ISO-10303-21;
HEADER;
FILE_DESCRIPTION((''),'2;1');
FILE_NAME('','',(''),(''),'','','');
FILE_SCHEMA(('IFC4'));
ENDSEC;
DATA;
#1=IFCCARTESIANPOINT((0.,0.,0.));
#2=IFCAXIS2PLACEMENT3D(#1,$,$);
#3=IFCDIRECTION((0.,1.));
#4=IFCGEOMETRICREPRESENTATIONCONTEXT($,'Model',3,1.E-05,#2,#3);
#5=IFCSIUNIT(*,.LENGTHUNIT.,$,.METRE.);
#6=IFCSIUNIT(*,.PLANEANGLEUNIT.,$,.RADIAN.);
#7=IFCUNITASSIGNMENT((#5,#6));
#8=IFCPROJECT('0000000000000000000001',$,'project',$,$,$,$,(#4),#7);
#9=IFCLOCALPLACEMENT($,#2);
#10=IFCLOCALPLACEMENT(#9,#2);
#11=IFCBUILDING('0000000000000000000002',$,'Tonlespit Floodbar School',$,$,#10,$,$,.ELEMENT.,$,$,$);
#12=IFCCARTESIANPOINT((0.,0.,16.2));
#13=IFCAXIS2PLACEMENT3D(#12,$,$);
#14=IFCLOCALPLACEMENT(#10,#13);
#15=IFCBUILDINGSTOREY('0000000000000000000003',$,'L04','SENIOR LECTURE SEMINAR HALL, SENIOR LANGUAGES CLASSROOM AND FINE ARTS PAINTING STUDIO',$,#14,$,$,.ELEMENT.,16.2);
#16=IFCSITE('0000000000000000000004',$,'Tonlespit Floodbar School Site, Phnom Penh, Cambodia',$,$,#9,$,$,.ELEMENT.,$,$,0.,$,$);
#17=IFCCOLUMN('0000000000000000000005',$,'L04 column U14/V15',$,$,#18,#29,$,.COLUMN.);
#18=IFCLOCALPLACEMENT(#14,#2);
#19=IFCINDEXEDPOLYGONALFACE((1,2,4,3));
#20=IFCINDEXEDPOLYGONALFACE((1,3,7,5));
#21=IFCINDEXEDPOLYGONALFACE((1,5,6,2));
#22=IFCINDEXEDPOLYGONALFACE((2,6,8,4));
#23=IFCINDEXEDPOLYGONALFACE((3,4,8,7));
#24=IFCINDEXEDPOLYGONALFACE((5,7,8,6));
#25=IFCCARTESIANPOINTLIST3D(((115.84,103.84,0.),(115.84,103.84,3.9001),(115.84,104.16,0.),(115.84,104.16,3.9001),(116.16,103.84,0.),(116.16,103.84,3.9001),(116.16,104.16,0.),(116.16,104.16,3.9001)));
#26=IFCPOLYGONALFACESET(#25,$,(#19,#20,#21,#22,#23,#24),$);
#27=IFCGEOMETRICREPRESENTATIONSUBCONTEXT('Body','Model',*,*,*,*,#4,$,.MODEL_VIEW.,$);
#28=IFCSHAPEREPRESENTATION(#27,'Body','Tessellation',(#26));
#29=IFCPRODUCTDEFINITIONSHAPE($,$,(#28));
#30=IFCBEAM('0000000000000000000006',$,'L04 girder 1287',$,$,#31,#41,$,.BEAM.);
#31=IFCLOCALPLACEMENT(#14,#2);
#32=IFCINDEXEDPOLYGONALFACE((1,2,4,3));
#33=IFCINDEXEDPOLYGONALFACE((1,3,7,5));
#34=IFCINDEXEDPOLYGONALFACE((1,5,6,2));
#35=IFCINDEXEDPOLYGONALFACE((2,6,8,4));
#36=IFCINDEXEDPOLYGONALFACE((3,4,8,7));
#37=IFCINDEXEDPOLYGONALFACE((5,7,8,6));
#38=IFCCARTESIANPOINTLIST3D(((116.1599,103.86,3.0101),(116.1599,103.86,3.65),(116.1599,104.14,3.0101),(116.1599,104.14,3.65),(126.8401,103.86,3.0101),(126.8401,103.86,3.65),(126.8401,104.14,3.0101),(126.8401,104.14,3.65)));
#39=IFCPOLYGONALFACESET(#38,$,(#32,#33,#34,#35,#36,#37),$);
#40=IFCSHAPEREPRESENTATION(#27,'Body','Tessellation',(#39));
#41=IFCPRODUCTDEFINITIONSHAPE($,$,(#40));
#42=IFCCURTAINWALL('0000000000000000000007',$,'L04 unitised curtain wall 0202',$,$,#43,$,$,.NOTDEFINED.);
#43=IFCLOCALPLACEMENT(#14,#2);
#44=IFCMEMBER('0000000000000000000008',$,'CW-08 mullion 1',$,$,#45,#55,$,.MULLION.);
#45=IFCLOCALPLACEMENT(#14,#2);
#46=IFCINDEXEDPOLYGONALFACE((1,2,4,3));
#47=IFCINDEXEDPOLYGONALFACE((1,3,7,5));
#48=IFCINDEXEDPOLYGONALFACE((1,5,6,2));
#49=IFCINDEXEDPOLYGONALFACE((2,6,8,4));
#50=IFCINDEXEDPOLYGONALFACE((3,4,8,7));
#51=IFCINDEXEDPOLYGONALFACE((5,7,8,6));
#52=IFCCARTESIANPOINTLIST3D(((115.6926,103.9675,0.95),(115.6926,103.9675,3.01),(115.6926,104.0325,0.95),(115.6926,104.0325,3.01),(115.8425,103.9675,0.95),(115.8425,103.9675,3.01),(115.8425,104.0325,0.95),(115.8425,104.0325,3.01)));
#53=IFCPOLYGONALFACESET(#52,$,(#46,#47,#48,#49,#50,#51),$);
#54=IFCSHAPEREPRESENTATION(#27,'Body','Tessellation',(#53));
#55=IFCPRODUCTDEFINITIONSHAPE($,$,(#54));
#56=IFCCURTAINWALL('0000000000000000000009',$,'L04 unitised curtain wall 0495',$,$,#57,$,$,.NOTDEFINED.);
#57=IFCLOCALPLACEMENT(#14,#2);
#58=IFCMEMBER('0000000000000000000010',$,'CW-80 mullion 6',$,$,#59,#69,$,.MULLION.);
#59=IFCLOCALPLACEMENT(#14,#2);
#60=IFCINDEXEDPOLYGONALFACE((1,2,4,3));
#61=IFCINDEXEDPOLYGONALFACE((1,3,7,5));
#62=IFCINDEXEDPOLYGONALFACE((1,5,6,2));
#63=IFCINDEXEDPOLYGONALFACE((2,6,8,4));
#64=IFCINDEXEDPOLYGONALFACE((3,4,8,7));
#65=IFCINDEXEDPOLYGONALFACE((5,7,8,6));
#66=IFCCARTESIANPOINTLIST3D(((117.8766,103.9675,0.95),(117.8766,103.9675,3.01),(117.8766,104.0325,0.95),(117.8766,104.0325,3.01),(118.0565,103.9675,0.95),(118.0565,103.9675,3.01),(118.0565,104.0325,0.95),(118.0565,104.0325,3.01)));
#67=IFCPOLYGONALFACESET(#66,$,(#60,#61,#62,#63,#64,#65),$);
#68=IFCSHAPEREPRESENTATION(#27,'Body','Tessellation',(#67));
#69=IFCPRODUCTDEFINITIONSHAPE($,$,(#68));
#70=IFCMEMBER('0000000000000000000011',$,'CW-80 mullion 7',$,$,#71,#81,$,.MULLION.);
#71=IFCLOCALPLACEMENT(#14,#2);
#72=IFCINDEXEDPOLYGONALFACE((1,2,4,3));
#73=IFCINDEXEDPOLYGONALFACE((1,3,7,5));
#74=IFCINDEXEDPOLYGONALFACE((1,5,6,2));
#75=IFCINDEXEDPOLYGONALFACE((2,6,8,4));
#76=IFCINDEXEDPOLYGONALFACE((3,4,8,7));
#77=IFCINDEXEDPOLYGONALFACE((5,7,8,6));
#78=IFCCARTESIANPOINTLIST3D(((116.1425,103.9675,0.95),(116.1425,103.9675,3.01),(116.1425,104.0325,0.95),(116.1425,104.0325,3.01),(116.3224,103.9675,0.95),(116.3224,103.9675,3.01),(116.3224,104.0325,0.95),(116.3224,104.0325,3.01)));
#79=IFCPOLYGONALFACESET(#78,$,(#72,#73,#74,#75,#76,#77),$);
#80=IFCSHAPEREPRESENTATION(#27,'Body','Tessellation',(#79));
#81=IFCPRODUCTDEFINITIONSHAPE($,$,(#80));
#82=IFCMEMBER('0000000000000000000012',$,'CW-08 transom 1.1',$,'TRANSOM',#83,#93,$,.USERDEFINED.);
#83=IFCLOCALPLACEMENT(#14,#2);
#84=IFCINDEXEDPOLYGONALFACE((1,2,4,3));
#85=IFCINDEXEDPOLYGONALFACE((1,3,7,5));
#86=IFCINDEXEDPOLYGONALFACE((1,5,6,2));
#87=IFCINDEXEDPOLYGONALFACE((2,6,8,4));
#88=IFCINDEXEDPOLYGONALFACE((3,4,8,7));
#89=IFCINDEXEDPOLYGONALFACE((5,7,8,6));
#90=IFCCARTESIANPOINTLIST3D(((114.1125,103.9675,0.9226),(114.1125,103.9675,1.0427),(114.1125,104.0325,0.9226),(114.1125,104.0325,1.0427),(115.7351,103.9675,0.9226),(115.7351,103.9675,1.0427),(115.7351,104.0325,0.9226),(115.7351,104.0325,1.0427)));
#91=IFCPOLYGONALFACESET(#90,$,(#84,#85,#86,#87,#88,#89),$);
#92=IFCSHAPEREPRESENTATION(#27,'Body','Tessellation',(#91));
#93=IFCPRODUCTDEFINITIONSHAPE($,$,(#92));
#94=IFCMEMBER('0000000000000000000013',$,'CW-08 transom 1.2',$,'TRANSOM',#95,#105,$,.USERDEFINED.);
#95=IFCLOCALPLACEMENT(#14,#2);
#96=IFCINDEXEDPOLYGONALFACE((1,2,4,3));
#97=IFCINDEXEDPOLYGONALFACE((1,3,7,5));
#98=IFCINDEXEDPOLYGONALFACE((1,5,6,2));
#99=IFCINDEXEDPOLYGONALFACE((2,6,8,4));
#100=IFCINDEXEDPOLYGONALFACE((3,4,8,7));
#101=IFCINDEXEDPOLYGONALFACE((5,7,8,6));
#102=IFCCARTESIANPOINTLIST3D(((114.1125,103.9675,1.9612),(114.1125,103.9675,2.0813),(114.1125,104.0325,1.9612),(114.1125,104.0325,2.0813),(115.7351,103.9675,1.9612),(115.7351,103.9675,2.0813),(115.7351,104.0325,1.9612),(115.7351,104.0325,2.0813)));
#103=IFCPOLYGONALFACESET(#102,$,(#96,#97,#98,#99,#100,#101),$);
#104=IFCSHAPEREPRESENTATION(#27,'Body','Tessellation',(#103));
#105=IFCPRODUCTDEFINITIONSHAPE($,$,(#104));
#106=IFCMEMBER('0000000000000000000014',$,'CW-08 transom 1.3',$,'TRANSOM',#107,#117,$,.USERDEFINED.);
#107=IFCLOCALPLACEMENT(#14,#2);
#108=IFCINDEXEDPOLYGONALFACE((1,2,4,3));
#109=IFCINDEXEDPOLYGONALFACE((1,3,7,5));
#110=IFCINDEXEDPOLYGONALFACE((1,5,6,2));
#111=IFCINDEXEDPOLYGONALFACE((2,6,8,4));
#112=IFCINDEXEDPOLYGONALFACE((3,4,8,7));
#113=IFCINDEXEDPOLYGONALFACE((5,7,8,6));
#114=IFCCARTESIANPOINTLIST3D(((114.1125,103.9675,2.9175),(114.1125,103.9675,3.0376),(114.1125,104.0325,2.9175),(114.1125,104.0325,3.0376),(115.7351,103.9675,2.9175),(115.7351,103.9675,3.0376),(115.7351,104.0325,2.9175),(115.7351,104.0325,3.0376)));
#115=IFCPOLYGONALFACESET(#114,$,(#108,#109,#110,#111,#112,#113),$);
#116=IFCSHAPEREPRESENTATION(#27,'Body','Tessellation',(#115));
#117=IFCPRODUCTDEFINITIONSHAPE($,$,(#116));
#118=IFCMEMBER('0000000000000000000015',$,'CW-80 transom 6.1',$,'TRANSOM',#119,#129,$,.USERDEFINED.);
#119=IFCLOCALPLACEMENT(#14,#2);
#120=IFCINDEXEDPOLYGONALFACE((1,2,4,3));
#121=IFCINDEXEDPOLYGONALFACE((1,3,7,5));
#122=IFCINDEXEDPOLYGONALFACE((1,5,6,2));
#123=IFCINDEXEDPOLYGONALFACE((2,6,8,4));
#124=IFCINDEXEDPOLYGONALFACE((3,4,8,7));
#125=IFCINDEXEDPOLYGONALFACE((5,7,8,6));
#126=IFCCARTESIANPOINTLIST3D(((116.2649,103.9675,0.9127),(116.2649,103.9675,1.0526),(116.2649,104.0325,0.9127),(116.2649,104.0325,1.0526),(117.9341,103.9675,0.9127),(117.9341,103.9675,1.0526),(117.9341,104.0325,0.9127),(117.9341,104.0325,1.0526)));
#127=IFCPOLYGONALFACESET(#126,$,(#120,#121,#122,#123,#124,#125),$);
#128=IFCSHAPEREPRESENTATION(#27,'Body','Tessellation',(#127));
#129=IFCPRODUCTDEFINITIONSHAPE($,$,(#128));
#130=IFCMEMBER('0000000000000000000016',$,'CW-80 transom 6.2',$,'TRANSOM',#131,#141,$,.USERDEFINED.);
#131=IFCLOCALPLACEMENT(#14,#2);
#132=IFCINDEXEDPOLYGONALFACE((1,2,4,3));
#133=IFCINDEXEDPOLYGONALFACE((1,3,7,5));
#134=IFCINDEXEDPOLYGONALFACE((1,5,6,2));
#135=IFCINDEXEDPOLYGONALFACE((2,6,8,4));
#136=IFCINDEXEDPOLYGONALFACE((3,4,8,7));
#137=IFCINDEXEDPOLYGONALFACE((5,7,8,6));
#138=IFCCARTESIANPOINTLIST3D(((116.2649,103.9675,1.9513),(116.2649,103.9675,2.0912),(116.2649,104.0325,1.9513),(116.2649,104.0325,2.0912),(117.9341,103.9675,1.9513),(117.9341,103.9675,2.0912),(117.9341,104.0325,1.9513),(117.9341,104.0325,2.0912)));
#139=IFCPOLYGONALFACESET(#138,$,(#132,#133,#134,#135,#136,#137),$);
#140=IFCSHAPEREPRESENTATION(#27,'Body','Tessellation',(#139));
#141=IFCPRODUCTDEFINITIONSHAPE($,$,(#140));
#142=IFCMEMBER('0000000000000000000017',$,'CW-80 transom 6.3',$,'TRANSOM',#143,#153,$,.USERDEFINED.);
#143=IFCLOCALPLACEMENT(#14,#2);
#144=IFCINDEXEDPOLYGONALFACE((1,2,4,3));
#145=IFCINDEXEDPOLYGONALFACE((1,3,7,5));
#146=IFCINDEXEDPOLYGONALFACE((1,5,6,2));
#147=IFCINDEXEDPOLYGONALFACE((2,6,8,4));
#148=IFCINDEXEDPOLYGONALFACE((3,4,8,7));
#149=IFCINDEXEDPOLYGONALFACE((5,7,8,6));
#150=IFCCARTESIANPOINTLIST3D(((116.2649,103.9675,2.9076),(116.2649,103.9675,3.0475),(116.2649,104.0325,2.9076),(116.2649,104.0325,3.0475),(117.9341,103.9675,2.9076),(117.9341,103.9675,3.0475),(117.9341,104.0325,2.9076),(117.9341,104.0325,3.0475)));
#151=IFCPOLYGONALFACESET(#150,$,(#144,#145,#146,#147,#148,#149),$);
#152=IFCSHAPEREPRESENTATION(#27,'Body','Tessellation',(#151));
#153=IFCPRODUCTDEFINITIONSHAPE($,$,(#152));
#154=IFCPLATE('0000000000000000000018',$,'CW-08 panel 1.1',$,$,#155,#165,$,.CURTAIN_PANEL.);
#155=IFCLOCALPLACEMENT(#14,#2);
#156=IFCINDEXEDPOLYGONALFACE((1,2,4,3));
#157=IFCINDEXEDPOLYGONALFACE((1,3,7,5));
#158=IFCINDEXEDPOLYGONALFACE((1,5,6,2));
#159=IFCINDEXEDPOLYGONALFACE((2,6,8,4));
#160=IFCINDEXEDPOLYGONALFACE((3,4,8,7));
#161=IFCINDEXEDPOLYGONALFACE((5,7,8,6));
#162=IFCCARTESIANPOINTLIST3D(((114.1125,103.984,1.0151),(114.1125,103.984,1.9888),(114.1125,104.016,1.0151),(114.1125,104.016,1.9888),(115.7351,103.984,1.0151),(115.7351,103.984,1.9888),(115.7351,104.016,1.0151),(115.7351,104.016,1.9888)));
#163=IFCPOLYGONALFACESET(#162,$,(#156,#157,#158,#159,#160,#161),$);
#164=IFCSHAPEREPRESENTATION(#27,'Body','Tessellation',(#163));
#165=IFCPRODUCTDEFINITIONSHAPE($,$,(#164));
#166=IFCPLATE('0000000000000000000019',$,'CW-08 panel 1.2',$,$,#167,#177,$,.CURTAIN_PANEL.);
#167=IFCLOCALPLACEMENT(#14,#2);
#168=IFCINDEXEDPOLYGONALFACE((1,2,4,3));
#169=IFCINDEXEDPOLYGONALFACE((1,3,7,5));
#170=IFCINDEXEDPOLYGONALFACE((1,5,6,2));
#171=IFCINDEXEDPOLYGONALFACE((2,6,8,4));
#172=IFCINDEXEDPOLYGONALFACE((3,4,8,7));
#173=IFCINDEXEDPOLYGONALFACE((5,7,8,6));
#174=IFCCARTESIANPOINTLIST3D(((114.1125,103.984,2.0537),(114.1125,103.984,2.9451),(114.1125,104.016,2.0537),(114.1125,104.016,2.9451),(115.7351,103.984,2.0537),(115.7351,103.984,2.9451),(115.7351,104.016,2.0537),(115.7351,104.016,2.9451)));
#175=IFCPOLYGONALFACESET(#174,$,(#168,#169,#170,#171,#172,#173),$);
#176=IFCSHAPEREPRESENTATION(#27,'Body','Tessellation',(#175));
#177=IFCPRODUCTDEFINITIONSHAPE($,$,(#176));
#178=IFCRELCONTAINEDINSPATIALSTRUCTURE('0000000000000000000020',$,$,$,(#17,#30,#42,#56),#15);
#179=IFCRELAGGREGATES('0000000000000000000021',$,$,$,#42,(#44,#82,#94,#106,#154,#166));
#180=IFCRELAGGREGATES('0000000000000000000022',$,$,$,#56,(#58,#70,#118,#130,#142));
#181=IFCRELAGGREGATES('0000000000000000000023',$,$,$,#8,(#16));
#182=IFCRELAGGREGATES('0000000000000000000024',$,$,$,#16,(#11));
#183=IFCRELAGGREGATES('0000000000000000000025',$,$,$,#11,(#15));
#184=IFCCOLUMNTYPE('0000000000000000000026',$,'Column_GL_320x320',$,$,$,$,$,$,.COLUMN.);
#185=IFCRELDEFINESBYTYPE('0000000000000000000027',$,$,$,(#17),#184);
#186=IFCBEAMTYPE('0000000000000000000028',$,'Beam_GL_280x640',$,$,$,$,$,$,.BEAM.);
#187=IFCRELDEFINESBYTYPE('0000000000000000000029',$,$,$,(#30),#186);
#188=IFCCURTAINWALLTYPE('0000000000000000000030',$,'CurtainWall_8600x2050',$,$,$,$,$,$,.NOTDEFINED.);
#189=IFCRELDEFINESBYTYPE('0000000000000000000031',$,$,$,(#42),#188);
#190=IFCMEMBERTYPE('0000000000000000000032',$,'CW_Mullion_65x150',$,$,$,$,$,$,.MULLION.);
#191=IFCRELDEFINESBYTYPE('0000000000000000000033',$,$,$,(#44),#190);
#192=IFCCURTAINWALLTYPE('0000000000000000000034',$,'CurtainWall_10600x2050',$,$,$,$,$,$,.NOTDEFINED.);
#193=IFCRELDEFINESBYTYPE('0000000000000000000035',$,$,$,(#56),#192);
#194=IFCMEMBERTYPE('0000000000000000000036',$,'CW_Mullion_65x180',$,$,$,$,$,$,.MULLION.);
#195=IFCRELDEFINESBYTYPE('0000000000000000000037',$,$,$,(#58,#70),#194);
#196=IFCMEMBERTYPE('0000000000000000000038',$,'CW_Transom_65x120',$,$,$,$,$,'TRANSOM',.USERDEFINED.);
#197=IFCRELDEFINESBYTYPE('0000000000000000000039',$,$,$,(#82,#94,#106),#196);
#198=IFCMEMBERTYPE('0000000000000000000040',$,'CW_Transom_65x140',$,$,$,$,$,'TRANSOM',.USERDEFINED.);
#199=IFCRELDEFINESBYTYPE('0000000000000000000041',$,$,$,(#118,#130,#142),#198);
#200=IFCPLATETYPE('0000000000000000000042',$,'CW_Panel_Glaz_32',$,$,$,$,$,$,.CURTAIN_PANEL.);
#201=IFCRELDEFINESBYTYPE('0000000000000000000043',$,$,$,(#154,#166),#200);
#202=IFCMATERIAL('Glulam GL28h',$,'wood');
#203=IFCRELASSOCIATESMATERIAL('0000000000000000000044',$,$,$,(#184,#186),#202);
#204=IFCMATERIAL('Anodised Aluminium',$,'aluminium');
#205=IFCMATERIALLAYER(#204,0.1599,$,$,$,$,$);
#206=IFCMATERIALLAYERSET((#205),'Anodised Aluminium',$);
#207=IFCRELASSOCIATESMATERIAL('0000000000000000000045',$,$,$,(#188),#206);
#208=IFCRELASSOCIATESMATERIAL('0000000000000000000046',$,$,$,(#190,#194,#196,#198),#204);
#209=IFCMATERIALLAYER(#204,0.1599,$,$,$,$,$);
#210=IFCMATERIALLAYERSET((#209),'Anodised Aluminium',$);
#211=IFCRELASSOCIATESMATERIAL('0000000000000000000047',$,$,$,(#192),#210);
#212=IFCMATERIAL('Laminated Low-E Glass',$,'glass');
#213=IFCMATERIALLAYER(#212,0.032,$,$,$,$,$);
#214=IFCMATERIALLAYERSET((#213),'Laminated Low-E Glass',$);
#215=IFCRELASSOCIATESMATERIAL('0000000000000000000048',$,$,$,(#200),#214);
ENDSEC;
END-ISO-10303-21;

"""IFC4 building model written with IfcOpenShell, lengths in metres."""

from ifc_helpers import new_model, si_unit, direction, frame, origin, origin_2d, place, context, subcontext, project, spatial, rectangle, extrude, material, layer, layer_set, material_profile, profile_set, type_object, element, aggregate, save


model = new_model("IFC4")

# Units and contexts
model_context = context("Model", 3, precision=1e-05, world=origin(), true_north=direction((0.0, 1.0)))
body_context = subcontext(model_context, "Body", "Model", "MODEL_VIEW")
ifc_project = project(units=[si_unit("LENGTHUNIT", "METRE"), si_unit("PLANEANGLEUNIT", "RADIAN")], contexts=[model_context])

# Site, building, storey
site_placement = place(None, origin())
site = spatial("IfcSite", under=ifc_project, at=site_placement, Name="Tonlespit Floodbar School Site, Phnom Penh, Cambodia", CompositionType="ELEMENT", RefElevation=0.0)
building_placement = place(site_placement, origin())
building = spatial("IfcBuilding", under=site, at=building_placement, Name="Tonlespit Floodbar School", CompositionType="ELEMENT")
storey_placement = place(building_placement, frame((0.0, 0.0, 16.2)))
storey = spatial("IfcBuildingStorey", under=building, at=storey_placement, Name="L04", Description="SENIOR LECTURE SEMINAR HALL, SENIOR LANGUAGES CLASSROOM AND FINE ARTS PAINTING STUDIO", CompositionType="ELEMENT", Elevation=16.2)

# Column
ifc_material_1 = material(Name="Glulam GL28h", Category="wood")
ifc_material_profile_1 = material_profile(ifc_material_1, rectangle(XDim=0.3201, YDim=0.3201, at=origin_2d()), Name="GL 320x320")
ifc_profile_set_1 = profile_set([ifc_material_profile_1], Name="Glulam GL28h")
column_type = type_object("IfcColumnType", Name="Column_GL_320x320", PredefinedType="COLUMN", material=ifc_profile_set_1)
column_placement = place(storey_placement, frame((116.0, 104.0, 0.0), z_axis=(0.0, 0.0, 1.0), x_axis=(1.0, 0.0, 0.0)))
element("IfcColumn", 1, at=column_placement, inside=storey, type_object=column_type, Name="L04 column U14/V15", PredefinedType="COLUMN", context=body_context, shape_type="SweptSolid", body=[
    extrude(rectangle(XDim=0.3201, YDim=0.3201, at=origin_2d()), origin(), (0.0, 0.0, 1.0), 3.9001),
])

# Beam
ifc_material_profile_2 = material_profile(ifc_material_1, rectangle(XDim=0.28, YDim=0.6399, at=origin_2d()), Name="GL 280x640")
ifc_profile_set_2 = profile_set([ifc_material_profile_2], Name="Glulam GL28h")
beam_type = type_object("IfcBeamType", Name="Beam_GL_280x640", PredefinedType="BEAM", material=ifc_profile_set_2)
beam_placement = place(storey_placement, frame((116.1599, 104.0, 3.3301), z_axis=(1.0, 0.0, 0.0), x_axis=(0.0, 1.0, 0.0)))
element("IfcBeam", 2, at=beam_placement, inside=storey, type_object=beam_type, Name="L04 girder 1287", PredefinedType="BEAM", context=body_context, shape_type="SweptSolid", body=[
    extrude(rectangle(XDim=0.28, YDim=0.6399, at=origin_2d()), origin(), (0.0, 0.0, 1.0), 10.6802),
])

# Curtain wall, member
ifc_material_2 = material(Name="Anodised Aluminium", Category="aluminium")
ifc_layer_1 = layer(ifc_material_2, 0.1599)
ifc_layer_set_1 = layer_set([ifc_layer_1], Name="Anodised Aluminium")
curtain_wall_type_1 = type_object("IfcCurtainWallType", Name="CurtainWall_8600x2050", PredefinedType="NOTDEFINED", material=ifc_layer_set_1)
curtain_wall_1_placement = place(storey_placement, origin())
curtain_wall_1 = element("IfcCurtainWall", 3, at=curtain_wall_1_placement, inside=storey, type_object=curtain_wall_type_1, Name="L04 unitised curtain wall 0202", PredefinedType="NOTDEFINED")
ifc_material_profile_3 = material_profile(ifc_material_2, rectangle(XDim=0.0649, YDim=0.1499, at=origin_2d()), Name="ALU M65x150")
ifc_profile_set_3 = profile_set([ifc_material_profile_3], Name="Anodised Aluminium")
member_type_1 = type_object("IfcMemberType", Name="CW_Mullion_65x150", PredefinedType="MULLION", material=ifc_profile_set_3)
member_1_placement = place(storey_placement, frame((115.7676, 104.0, 0.95), z_axis=(0.0, 0.0, 1.0), x_axis=(0.0, -1.0, 0.0)))
member_1 = element("IfcMember", 4, at=member_1_placement, type_object=member_type_1, Name="CW-08 mullion 1", PredefinedType="MULLION", context=body_context, shape_type="SweptSolid", body=[
    extrude(rectangle(XDim=0.0649, YDim=0.1499, at=origin_2d()), origin(), (0.0, 0.0, 1.0), 2.0601),
])

# Curtain wall, members
ifc_layer_2 = layer(ifc_material_2, 0.1599)
ifc_layer_set_2 = layer_set([ifc_layer_2], Name="Anodised Aluminium")
curtain_wall_type_2 = type_object("IfcCurtainWallType", Name="CurtainWall_10600x2050", PredefinedType="NOTDEFINED", material=ifc_layer_set_2)
curtain_wall_2_placement = place(storey_placement, origin())
curtain_wall_2 = element("IfcCurtainWall", 5, at=curtain_wall_2_placement, inside=storey, type_object=curtain_wall_type_2, Name="L04 unitised curtain wall 0495", PredefinedType="NOTDEFINED")
ifc_material_profile_4 = material_profile(ifc_material_2, rectangle(XDim=0.0649, YDim=0.1799, at=origin_2d()), Name="ALU M65x180")
ifc_profile_set_4 = profile_set([ifc_material_profile_4], Name="Anodised Aluminium")
member_type_2 = type_object("IfcMemberType", Name="CW_Mullion_65x180", PredefinedType="MULLION", material=ifc_profile_set_4)
member_2_placement = place(storey_placement, frame((117.9666, 104.0, 0.95), z_axis=(0.0, 0.0, 1.0), x_axis=(0.0, -1.0, 0.0)))
member_2 = element("IfcMember", 6, at=member_2_placement, type_object=member_type_2, Name="CW-80 mullion 6", PredefinedType="MULLION", context=body_context, shape_type="SweptSolid", body=[
    extrude(rectangle(XDim=0.0649, YDim=0.1799, at=origin_2d()), origin(), (0.0, 0.0, 1.0), 2.0601),
])
member_3_placement = place(storey_placement, frame((116.2324, 104.0, 0.95), z_axis=(0.0, 0.0, 1.0), x_axis=(0.0, -1.0, 0.0)))
member_3 = element("IfcMember", 7, at=member_3_placement, type_object=member_type_2, Name="CW-80 mullion 7", PredefinedType="MULLION", context=body_context, shape_type="SweptSolid", body=[
    extrude(rectangle(XDim=0.0649, YDim=0.1799, at=origin_2d()), origin(), (0.0, 0.0, 1.0), 2.0601),
])

# Members
ifc_material_profile_5 = material_profile(ifc_material_2, rectangle(XDim=0.0649, YDim=0.1201, at=origin_2d()), Name="ALU T65x120")
ifc_profile_set_5 = profile_set([ifc_material_profile_5], Name="Anodised Aluminium")
member_type_3 = type_object("IfcMemberType", Name="CW_Transom_65x120", ElementType="TRANSOM", PredefinedType="USERDEFINED", material=ifc_profile_set_5)
member_4_placement = place(storey_placement, frame((115.7351, 104.0, 0.9827), z_axis=(-1.0, 0.0, 0.0), x_axis=(0.0, -1.0, 0.0)))
member_4 = element("IfcMember", 8, at=member_4_placement, type_object=member_type_3, Name="CW-08 transom 1.1", ObjectType="TRANSOM", PredefinedType="USERDEFINED", context=body_context, shape_type="SweptSolid", body=[
    extrude(rectangle(XDim=0.0649, YDim=0.1201, at=origin_2d()), origin(), (0.0, 0.0, 1.0), 1.6226),
])
member_5_placement = place(storey_placement, frame((115.7351, 104.0, 2.0212), z_axis=(-1.0, 0.0, 0.0), x_axis=(0.0, -1.0, 0.0)))
member_5 = element("IfcMember", 9, at=member_5_placement, type_object=member_type_3, Name="CW-08 transom 1.2", ObjectType="TRANSOM", PredefinedType="USERDEFINED", context=body_context, shape_type="SweptSolid", body=[
    extrude(rectangle(XDim=0.0649, YDim=0.1201, at=origin_2d()), origin(), (0.0, 0.0, 1.0), 1.6226),
])
member_6_placement = place(storey_placement, frame((115.7351, 104.0, 2.9775), z_axis=(-1.0, 0.0, 0.0), x_axis=(0.0, -1.0, 0.0)))
member_6 = element("IfcMember", 10, at=member_6_placement, type_object=member_type_3, Name="CW-08 transom 1.3", ObjectType="TRANSOM", PredefinedType="USERDEFINED", context=body_context, shape_type="SweptSolid", body=[
    extrude(rectangle(XDim=0.0649, YDim=0.1201, at=origin_2d()), origin(), (0.0, 0.0, 1.0), 1.6226),
])
ifc_material_profile_6 = material_profile(ifc_material_2, rectangle(XDim=0.0649, YDim=0.1399, at=origin_2d()), Name="ALU T65x140")
ifc_profile_set_6 = profile_set([ifc_material_profile_6], Name="Anodised Aluminium")
member_type_4 = type_object("IfcMemberType", Name="CW_Transom_65x140", ElementType="TRANSOM", PredefinedType="USERDEFINED", material=ifc_profile_set_6)
member_7_placement = place(storey_placement, frame((117.9341, 104.0, 0.9827), z_axis=(-1.0, 0.0, 0.0), x_axis=(0.0, -1.0, 0.0)))
member_7 = element("IfcMember", 11, at=member_7_placement, type_object=member_type_4, Name="CW-80 transom 6.1", ObjectType="TRANSOM", PredefinedType="USERDEFINED", context=body_context, shape_type="SweptSolid", body=[
    extrude(rectangle(XDim=0.0649, YDim=0.1399, at=origin_2d()), origin(), (0.0, 0.0, 1.0), 1.6692),
])
member_8_placement = place(storey_placement, frame((117.9341, 104.0, 2.0212), z_axis=(-1.0, 0.0, 0.0), x_axis=(0.0, -1.0, 0.0)))
member_8 = element("IfcMember", 12, at=member_8_placement, type_object=member_type_4, Name="CW-80 transom 6.2", ObjectType="TRANSOM", PredefinedType="USERDEFINED", context=body_context, shape_type="SweptSolid", body=[
    extrude(rectangle(XDim=0.0649, YDim=0.1399, at=origin_2d()), origin(), (0.0, 0.0, 1.0), 1.6692),
])
member_9_placement = place(storey_placement, frame((117.9341, 104.0, 2.9775), z_axis=(-1.0, 0.0, 0.0), x_axis=(0.0, -1.0, 0.0)))
member_9 = element("IfcMember", 13, at=member_9_placement, type_object=member_type_4, Name="CW-80 transom 6.3", ObjectType="TRANSOM", PredefinedType="USERDEFINED", context=body_context, shape_type="SweptSolid", body=[
    extrude(rectangle(XDim=0.0649, YDim=0.1399, at=origin_2d()), origin(), (0.0, 0.0, 1.0), 1.6692),
])

# Plates
ifc_material_3 = material(Name="Laminated Low-E Glass", Category="glass")
ifc_layer_3 = layer(ifc_material_3, 0.032)
ifc_layer_set_3 = layer_set([ifc_layer_3], Name="Laminated Low-E Glass")
plate_type_1 = type_object("IfcPlateType", Name="CW_Panel_Glaz_32", PredefinedType="CURTAIN_PANEL", material=ifc_layer_set_3)
plate_1_placement = place(storey_placement, frame((114.9238, 104.0, 1.0151), z_axis=(0.0, 0.0, 1.0), x_axis=(-1.0, 0.0, 0.0)))
plate_1 = element("IfcPlate", 14, at=plate_1_placement, type_object=plate_type_1, Name="CW-08 panel 1.1", PredefinedType="CURTAIN_PANEL", context=body_context, shape_type="SweptSolid", body=[
    extrude(rectangle(XDim=1.6226, YDim=0.032, at=origin_2d()), origin(), (0.0, 0.0, 1.0), 0.9736),
])
plate_2_placement = place(storey_placement, frame((114.9238, 104.0, 2.0537), z_axis=(0.0, 0.0, 1.0), x_axis=(-1.0, 0.0, 0.0)))
plate_2 = element("IfcPlate", 15, at=plate_2_placement, type_object=plate_type_1, Name="CW-08 panel 1.2", PredefinedType="CURTAIN_PANEL", context=body_context, shape_type="SweptSolid", body=[
    extrude(rectangle(XDim=1.6226, YDim=0.032, at=origin_2d()), origin(), (0.0, 0.0, 1.0), 0.8914),
])
aggregate(curtain_wall_1, [member_1, member_4, member_5, member_6, plate_1, plate_2])
aggregate(curtain_wall_2, [member_2, member_3, member_7, member_8, member_9])

save(model, "model.ifc")
